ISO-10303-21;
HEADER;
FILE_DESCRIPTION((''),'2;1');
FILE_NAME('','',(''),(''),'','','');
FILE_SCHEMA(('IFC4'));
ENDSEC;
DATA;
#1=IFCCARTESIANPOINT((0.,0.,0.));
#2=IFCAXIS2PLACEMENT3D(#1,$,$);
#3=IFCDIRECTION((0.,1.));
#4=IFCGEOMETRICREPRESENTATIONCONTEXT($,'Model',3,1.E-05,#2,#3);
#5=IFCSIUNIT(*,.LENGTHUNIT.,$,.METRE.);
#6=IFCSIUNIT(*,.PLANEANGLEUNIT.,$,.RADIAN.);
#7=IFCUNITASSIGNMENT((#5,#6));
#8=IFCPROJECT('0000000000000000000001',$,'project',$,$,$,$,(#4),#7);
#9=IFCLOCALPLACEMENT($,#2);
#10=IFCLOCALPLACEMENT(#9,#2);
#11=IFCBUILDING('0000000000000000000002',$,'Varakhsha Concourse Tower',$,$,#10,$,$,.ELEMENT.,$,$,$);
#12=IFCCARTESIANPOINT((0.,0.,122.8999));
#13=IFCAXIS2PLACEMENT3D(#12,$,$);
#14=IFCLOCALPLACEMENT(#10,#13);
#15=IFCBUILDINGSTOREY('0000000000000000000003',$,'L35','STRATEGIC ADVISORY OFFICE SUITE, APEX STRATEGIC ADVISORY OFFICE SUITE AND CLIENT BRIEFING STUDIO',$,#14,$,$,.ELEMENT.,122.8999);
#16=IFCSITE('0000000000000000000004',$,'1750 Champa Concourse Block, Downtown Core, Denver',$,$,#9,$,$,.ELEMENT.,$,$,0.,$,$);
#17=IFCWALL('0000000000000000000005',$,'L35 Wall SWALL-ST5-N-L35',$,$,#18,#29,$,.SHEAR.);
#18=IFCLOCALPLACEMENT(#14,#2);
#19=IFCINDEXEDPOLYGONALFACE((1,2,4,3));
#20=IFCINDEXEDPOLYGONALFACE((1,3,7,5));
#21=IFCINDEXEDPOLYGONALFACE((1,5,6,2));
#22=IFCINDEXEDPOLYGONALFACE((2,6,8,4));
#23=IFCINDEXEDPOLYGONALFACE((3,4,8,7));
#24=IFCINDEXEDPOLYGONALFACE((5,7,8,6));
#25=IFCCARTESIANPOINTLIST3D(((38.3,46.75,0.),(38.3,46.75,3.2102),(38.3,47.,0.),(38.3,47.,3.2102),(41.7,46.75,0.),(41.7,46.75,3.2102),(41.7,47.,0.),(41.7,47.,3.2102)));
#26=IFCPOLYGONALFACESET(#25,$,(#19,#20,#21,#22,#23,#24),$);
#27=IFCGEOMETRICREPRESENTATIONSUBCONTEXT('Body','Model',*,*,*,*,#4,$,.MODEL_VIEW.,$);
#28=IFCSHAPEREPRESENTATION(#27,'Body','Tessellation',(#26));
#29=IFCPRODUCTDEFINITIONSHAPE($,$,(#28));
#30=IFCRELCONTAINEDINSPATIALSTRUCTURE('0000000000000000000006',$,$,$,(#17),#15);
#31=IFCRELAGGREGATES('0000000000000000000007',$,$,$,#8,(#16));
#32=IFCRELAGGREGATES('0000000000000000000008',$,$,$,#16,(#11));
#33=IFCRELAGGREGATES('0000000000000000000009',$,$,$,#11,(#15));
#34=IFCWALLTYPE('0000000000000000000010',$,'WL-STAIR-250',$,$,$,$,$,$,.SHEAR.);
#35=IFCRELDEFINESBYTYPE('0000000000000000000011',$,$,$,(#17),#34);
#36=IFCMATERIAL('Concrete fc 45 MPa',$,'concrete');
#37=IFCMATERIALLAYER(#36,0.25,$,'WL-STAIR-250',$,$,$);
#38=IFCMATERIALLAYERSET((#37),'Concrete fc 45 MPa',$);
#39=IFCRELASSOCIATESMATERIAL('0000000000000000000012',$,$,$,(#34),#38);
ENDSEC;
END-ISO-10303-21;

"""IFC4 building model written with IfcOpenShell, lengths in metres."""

from ifc_helpers import new_model, si_unit, direction, frame, frame_2d, origin, place, context, subcontext, project, spatial, rectangle, extrude, material, layer, layer_set, type_object, element, save


model = new_model("IFC4")

# Units and contexts
model_context = context("Model", 3, precision=1e-05, world=origin(), true_north=direction((0.0, 1.0)))
body_context = subcontext(model_context, "Body", "Model", "MODEL_VIEW")
ifc_project = project(units=[si_unit("LENGTHUNIT", "METRE"), si_unit("PLANEANGLEUNIT", "RADIAN")], contexts=[model_context])

# Site, building, storey
site_placement = place(None, origin())
site = spatial("IfcSite", under=ifc_project, at=site_placement, Name="1750 Champa Concourse Block, Downtown Core, Denver", CompositionType="ELEMENT", RefElevation=0.0)
building_placement = place(site_placement, origin())
building = spatial("IfcBuilding", under=site, at=building_placement, Name="Varakhsha Concourse Tower", CompositionType="ELEMENT")
storey_placement = place(building_placement, frame((0.0, 0.0, 122.8999)))
storey = spatial("IfcBuildingStorey", under=building, at=storey_placement, Name="L35", Description="STRATEGIC ADVISORY OFFICE SUITE, APEX STRATEGIC ADVISORY OFFICE SUITE AND CLIENT BRIEFING STUDIO", CompositionType="ELEMENT", Elevation=122.8999)

# Shared definitions
ifc_material_1 = material(Name="Concrete fc 45 MPa", Category="concrete")
ifc_layer_1 = layer(ifc_material_1, 0.25, Name="WL-STAIR-250")
ifc_layer_set_1 = layer_set([ifc_layer_1], Name="Concrete fc 45 MPa")
wall_type_1 = type_object("IfcWallType", Name="WL-STAIR-250", PredefinedType="SHEAR", material=ifc_layer_set_1)

# Wall
wall_1_placement = place(storey_placement, frame((38.3, 46.875, 0.0), z_axis=(0.0, 0.0, 1.0), x_axis=(1.0, 0.0, 0.0)))
element("IfcWall", 1, at=wall_1_placement, inside=storey, type_object=wall_type_1, Name="L35 Wall SWALL-ST5-N-L35", PredefinedType="SHEAR", context=body_context, shape_type="SweptSolid", body=[
    extrude(rectangle(XDim=3.3999, YDim=0.25, at=frame_2d((1.7, 0.0))), origin(), (0.0, 0.0, 1.0), 3.2102),
])

save(model, "model.ifc")
